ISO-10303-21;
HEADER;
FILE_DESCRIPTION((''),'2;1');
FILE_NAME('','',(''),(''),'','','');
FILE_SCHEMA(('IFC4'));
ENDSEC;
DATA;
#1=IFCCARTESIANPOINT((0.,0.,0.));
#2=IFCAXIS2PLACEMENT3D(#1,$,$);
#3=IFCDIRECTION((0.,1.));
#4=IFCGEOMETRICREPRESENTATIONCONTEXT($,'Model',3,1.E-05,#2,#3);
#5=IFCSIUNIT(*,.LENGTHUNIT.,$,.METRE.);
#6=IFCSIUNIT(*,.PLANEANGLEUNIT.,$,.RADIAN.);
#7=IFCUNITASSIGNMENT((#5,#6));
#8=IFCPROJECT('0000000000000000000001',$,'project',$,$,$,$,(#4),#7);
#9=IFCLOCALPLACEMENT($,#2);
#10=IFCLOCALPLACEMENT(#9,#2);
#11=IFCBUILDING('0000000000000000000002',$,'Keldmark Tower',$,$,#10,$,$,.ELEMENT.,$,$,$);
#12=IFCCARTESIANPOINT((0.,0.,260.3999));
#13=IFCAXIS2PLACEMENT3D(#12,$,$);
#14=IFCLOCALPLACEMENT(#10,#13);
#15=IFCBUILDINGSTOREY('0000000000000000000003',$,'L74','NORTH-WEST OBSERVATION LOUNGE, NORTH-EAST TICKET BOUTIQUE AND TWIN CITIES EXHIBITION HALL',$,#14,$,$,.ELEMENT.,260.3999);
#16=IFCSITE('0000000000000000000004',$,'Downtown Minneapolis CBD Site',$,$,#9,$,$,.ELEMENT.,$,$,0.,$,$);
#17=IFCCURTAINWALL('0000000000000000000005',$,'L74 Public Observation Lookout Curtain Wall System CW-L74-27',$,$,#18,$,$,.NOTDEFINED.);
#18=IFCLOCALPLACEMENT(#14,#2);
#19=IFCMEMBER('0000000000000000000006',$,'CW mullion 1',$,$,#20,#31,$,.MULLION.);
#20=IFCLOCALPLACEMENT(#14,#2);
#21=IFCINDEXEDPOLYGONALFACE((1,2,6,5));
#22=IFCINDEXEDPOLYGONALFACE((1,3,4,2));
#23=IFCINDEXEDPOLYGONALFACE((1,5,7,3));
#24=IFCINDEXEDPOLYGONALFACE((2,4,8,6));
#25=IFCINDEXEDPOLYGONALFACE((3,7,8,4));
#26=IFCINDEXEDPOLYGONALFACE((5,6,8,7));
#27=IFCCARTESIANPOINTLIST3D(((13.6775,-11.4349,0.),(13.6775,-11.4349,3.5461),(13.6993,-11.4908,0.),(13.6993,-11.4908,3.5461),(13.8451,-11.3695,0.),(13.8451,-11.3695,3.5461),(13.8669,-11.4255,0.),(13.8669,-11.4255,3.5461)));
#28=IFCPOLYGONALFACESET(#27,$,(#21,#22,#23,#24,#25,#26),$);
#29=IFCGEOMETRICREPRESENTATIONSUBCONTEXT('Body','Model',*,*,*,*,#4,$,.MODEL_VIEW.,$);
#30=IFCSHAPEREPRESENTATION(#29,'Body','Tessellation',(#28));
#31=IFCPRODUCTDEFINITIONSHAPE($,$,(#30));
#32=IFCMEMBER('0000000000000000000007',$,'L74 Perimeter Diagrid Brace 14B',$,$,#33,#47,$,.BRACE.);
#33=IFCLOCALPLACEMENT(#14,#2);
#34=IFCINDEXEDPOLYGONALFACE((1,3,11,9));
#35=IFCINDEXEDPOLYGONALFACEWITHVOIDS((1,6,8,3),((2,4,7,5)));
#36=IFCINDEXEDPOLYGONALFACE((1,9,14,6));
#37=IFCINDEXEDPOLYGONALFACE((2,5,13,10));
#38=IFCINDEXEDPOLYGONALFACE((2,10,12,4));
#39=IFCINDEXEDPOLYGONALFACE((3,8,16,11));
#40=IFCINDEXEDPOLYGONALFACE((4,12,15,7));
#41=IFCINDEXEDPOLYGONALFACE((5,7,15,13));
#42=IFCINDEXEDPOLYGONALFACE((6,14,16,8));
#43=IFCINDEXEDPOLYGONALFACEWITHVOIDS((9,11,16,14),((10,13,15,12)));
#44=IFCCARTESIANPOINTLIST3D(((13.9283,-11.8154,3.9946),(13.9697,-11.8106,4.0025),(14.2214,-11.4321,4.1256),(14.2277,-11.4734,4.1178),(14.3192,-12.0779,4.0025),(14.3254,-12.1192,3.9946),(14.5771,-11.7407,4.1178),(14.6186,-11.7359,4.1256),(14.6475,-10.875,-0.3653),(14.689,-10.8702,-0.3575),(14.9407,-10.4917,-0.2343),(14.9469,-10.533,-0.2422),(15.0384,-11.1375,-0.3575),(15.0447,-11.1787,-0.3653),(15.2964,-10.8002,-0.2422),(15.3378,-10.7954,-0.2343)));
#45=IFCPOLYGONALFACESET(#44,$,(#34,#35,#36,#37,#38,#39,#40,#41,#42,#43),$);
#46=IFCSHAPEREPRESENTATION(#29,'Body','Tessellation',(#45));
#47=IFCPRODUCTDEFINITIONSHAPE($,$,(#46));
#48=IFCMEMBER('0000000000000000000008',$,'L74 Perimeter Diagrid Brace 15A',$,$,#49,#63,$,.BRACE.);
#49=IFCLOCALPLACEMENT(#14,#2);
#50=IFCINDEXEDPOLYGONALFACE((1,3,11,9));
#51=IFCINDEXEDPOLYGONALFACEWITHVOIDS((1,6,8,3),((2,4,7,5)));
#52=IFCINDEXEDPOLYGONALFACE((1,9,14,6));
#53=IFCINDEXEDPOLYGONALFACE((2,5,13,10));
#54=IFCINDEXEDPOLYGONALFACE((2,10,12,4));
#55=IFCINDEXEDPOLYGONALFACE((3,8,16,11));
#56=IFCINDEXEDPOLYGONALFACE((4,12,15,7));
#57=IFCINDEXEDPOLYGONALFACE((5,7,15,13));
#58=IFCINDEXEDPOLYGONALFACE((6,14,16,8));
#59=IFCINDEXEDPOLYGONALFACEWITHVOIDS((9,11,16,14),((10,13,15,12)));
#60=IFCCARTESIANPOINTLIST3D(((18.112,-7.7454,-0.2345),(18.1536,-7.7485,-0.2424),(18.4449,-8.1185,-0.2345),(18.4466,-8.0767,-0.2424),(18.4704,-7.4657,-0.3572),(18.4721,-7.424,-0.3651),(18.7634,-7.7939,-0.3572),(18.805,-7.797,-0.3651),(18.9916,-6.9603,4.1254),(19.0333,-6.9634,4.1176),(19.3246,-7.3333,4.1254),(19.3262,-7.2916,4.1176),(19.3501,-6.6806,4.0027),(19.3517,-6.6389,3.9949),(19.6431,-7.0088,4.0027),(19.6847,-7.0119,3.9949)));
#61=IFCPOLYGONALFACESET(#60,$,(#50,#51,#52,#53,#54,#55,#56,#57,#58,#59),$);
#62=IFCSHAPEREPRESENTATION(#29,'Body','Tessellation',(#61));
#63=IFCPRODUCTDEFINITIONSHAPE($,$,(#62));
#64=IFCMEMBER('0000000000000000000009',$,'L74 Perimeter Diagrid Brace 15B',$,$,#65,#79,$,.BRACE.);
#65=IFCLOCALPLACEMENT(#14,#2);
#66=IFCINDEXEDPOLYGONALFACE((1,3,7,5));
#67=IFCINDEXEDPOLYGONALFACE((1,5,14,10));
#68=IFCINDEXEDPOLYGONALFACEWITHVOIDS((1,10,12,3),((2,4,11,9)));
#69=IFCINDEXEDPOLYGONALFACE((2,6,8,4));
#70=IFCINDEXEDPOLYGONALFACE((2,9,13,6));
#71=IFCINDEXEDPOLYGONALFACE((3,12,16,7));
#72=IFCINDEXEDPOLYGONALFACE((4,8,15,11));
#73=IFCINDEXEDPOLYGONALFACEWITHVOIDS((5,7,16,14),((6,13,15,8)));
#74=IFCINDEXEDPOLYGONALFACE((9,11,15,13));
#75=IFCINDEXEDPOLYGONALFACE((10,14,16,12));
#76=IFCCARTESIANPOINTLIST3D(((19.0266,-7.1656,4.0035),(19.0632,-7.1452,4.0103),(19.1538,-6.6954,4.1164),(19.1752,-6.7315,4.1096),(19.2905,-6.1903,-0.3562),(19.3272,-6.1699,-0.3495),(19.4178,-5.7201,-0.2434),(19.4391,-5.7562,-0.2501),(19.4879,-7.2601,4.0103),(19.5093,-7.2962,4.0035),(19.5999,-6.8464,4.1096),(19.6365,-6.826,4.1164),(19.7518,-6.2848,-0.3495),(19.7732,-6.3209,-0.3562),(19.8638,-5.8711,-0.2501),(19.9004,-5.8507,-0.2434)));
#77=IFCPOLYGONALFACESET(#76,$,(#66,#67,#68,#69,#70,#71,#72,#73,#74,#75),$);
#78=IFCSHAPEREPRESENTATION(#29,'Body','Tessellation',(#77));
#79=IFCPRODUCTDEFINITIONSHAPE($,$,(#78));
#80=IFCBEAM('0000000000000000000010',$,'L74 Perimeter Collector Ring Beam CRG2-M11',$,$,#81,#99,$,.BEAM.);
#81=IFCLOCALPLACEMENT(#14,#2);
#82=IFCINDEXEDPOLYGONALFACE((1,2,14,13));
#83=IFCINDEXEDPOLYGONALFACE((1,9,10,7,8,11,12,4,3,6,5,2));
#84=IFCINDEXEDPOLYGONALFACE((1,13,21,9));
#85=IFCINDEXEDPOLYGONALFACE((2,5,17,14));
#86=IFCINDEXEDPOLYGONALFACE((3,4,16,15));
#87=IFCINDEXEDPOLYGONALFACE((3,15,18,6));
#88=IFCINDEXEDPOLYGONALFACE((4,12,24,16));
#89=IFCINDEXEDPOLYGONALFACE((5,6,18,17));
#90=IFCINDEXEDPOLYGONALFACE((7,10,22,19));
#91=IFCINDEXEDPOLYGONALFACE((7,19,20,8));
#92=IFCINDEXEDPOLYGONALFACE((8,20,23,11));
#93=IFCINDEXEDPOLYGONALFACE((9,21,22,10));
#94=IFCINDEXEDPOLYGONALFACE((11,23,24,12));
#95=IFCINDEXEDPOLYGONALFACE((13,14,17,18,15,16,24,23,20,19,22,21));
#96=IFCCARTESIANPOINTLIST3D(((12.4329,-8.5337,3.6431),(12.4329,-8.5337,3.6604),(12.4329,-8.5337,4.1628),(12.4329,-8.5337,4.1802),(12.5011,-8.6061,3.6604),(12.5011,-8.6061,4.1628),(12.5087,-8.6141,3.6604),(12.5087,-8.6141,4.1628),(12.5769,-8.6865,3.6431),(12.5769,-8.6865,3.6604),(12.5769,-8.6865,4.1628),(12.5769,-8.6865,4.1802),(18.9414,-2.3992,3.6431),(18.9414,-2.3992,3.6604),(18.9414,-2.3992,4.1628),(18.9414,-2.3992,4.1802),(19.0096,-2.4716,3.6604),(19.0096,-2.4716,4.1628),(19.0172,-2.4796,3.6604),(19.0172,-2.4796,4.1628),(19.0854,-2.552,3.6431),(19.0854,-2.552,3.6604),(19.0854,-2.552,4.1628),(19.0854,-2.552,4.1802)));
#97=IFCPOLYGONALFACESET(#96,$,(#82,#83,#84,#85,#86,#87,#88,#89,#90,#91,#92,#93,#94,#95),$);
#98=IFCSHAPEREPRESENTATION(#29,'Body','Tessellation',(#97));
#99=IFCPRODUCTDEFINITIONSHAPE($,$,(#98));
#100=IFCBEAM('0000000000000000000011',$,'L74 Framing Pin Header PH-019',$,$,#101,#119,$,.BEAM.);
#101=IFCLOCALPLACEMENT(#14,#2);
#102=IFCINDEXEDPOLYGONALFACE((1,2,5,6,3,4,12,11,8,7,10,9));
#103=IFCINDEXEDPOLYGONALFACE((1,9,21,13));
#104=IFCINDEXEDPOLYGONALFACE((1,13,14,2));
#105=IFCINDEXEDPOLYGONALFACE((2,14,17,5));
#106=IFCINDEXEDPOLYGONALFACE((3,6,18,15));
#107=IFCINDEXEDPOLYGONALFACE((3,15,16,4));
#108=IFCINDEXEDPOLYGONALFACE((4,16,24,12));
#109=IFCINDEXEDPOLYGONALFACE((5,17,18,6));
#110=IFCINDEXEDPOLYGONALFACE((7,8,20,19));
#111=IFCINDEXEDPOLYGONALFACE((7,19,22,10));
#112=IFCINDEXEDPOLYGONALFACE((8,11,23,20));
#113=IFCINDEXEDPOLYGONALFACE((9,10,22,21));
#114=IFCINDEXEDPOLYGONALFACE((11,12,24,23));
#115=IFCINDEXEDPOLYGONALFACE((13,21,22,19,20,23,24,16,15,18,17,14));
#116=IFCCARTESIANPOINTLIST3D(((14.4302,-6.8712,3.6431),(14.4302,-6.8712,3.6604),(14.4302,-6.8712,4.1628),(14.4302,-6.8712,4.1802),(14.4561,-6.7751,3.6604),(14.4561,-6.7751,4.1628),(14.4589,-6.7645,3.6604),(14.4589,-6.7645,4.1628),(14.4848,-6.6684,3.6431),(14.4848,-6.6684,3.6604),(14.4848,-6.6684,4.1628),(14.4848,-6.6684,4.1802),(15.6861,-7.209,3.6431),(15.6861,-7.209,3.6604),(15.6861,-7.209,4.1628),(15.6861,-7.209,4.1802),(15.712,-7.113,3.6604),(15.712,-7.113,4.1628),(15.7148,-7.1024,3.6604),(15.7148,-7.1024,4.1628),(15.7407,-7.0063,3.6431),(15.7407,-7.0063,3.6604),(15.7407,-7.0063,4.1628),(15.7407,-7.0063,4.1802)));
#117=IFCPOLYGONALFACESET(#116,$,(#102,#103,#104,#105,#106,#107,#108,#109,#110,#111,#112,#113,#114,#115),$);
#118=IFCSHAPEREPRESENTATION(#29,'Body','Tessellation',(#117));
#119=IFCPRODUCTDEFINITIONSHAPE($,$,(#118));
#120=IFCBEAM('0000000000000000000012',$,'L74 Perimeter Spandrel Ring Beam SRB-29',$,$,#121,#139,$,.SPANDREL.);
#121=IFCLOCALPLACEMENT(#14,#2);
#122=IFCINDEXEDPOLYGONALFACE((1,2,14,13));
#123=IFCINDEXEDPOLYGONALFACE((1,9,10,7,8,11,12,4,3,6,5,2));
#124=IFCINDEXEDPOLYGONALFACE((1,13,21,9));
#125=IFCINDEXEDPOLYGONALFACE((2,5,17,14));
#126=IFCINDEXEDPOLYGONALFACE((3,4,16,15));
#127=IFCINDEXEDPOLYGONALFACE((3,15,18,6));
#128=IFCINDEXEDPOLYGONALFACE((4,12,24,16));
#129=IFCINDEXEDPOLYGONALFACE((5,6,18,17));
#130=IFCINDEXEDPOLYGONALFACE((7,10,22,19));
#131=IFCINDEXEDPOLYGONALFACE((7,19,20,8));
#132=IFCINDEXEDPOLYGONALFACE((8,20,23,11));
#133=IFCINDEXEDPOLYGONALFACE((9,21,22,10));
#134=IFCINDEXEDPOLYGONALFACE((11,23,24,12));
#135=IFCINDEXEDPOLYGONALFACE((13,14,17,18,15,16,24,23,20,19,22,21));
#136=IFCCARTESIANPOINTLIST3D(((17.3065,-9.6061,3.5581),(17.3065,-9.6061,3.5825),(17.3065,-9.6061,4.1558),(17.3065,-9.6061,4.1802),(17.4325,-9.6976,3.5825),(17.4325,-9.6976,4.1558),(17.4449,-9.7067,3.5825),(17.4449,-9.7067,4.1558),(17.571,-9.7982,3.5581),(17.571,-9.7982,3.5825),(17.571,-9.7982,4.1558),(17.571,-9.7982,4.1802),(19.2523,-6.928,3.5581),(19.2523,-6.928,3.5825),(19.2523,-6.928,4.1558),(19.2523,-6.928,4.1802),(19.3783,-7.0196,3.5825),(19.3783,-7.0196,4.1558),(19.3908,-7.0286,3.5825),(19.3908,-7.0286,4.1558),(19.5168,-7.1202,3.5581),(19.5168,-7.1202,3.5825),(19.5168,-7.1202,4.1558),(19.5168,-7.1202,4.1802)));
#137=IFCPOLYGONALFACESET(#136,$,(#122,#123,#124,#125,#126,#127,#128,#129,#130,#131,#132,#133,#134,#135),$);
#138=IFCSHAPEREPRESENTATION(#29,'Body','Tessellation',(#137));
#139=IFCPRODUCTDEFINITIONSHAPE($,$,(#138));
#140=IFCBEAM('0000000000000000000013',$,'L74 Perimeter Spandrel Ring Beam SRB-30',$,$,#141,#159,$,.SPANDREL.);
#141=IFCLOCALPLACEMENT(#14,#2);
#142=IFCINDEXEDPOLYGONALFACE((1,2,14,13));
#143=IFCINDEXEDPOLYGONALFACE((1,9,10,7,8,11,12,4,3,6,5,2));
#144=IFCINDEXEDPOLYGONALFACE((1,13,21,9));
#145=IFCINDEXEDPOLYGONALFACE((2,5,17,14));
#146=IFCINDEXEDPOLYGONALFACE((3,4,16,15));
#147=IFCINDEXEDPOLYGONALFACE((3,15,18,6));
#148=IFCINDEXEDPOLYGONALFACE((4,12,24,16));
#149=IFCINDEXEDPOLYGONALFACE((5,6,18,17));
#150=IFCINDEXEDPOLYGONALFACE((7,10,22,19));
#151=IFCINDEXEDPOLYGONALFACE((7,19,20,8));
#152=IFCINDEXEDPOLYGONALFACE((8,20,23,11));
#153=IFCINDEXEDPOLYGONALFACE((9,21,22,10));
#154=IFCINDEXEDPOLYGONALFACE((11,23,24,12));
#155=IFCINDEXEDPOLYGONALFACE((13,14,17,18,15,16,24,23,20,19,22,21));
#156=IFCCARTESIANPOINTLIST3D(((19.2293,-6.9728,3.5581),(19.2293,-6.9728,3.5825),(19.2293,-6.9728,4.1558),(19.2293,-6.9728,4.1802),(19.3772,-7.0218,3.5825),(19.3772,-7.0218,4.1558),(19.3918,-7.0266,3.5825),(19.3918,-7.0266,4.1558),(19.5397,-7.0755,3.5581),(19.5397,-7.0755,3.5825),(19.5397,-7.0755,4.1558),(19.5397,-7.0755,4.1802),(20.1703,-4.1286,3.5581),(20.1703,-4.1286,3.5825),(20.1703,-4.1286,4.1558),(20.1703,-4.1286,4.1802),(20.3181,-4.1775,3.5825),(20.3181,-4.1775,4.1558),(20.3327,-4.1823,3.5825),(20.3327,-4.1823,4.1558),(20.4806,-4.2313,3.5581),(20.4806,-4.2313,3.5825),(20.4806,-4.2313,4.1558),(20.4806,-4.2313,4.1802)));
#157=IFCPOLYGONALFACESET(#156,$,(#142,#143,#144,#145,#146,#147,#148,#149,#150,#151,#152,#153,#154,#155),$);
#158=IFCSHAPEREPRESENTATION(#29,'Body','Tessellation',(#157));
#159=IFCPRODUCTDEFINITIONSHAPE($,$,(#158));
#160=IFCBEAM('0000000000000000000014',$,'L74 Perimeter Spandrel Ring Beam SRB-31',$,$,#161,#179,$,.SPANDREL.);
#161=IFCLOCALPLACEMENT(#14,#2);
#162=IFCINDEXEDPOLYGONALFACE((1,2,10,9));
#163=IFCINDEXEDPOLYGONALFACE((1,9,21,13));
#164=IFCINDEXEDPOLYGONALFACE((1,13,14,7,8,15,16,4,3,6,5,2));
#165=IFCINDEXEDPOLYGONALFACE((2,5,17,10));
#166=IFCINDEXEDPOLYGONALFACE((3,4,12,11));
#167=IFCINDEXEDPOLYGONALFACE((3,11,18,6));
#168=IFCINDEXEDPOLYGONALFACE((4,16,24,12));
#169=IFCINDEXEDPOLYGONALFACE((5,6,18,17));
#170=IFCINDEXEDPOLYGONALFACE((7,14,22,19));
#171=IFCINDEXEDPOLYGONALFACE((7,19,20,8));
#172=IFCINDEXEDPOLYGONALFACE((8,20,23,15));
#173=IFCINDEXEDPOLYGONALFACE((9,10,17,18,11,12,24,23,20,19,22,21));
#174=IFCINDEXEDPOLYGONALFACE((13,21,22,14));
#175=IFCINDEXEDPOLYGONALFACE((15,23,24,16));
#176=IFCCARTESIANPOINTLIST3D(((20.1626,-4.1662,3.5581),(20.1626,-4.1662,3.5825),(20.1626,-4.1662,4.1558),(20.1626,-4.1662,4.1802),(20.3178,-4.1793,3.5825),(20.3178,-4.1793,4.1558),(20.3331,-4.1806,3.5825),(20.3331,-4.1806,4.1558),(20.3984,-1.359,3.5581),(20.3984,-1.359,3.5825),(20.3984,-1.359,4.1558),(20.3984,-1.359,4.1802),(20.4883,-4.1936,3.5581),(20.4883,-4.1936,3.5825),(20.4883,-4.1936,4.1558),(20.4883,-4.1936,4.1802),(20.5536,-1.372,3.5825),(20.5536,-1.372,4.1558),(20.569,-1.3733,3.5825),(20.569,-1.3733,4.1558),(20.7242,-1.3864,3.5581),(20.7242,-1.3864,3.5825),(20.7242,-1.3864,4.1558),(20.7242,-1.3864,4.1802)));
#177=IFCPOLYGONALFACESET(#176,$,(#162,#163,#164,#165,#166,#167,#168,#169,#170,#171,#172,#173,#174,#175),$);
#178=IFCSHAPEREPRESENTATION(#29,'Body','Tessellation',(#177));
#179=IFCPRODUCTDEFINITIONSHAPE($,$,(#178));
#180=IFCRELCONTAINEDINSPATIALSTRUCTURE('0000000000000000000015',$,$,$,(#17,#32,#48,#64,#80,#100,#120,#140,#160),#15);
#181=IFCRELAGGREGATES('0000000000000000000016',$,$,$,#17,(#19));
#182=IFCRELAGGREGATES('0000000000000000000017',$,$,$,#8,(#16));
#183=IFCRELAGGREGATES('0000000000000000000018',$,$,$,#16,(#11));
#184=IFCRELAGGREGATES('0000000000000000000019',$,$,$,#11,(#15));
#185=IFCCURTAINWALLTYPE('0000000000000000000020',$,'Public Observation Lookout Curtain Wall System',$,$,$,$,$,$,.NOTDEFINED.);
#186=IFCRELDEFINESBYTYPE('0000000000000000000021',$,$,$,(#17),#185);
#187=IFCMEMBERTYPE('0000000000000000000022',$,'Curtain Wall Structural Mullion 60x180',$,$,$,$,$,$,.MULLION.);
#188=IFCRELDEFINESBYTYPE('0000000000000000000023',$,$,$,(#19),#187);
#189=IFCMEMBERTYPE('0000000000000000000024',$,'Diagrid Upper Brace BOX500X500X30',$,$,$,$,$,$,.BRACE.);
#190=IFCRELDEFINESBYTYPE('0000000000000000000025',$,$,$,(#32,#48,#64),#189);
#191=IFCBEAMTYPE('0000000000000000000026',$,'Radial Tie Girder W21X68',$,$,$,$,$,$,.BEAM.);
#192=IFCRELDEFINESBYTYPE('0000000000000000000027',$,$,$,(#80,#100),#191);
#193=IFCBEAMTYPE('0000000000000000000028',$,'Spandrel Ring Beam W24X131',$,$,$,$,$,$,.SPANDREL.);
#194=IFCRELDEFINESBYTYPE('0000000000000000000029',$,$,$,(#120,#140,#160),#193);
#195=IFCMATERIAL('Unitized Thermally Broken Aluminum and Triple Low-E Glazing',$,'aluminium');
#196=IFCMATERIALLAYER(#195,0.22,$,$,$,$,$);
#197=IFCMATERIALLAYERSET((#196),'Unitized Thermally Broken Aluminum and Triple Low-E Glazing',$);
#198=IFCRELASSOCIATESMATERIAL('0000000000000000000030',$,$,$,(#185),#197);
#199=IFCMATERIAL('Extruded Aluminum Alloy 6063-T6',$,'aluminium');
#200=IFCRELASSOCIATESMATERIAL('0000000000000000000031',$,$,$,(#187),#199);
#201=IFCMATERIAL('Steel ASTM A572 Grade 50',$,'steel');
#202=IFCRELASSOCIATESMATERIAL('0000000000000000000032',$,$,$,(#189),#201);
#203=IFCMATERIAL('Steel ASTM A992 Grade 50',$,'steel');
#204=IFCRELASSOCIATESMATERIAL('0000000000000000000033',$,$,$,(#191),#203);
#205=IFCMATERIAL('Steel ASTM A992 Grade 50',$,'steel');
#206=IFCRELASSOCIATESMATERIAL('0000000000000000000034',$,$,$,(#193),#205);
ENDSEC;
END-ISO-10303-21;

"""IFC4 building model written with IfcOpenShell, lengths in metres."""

from ifc_helpers import new_model, si_unit, direction, frame, origin, origin_2d, place, context, subcontext, project, spatial, rectangle, hollow_rectangle, i_section, extrude, material, layer, layer_set, material_profile, profile_set, type_object, element, aggregate, save


model = new_model("IFC4")

# Units and contexts
model_context = context("Model", 3, precision=1e-05, world=origin(), true_north=direction((0.0, 1.0)))
body_context = subcontext(model_context, "Body", "Model", "MODEL_VIEW")
ifc_project = project(units=[si_unit("LENGTHUNIT", "METRE"), si_unit("PLANEANGLEUNIT", "RADIAN")], contexts=[model_context])

# Site, building, storey
site_placement = place(None, origin())
site = spatial("IfcSite", under=ifc_project, at=site_placement, Name="Downtown Minneapolis CBD Site", CompositionType="ELEMENT", RefElevation=0.0)
building_placement = place(site_placement, origin())
building = spatial("IfcBuilding", under=site, at=building_placement, Name="Keldmark Tower", CompositionType="ELEMENT")
storey_placement = place(building_placement, frame((0.0, 0.0, 260.3999)))
storey = spatial("IfcBuildingStorey", under=building, at=storey_placement, Name="L74", Description="NORTH-WEST OBSERVATION LOUNGE, NORTH-EAST TICKET BOUTIQUE AND TWIN CITIES EXHIBITION HALL", CompositionType="ELEMENT", Elevation=260.3999)

# Curtain wall, member
ifc_material_1 = material(Name="Unitized Thermally Broken Aluminum and Triple Low-E Glazing", Category="aluminium")
ifc_layer_1 = layer(ifc_material_1, 0.22)
ifc_layer_set_1 = layer_set([ifc_layer_1], Name="Unitized Thermally Broken Aluminum and Triple Low-E Glazing")
curtain_wall_type = type_object("IfcCurtainWallType", Name="Public Observation Lookout Curtain Wall System", PredefinedType="NOTDEFINED", material=ifc_layer_set_1)
curtain_wall_placement = place(storey_placement, origin())
curtain_wall = element("IfcCurtainWall", 1, at=curtain_wall_placement, inside=storey, type_object=curtain_wall_type, Name="L74 Public Observation Lookout Curtain Wall System CW-L74-27", PredefinedType="NOTDEFINED")
ifc_material_2 = material(Name="Extruded Aluminum Alloy 6063-T6", Category="aluminium")
ifc_material_profile_1 = material_profile(ifc_material_2, rectangle(XDim=0.0601, YDim=0.1799, at=origin_2d()), Name="CWM60X180")
ifc_profile_set_1 = profile_set([ifc_material_profile_1], Name="Extruded Aluminum Alloy 6063-T6")
member_type_1 = type_object("IfcMemberType", Name="Curtain Wall Structural Mullion 60x180", PredefinedType="MULLION", material=ifc_profile_set_1)
member_1_placement = place(storey_placement, frame((13.7722, -11.4302, 0.0), z_axis=(0.0, 0.0, 1.0), x_axis=(0.363381, -0.93164, 0.0)))
member_1 = element("IfcMember", 2, at=member_1_placement, type_object=member_type_1, Name="CW mullion 1", PredefinedType="MULLION", context=body_context, shape_type="SweptSolid", body=[
    extrude(rectangle(XDim=0.0601, YDim=0.1799, at=origin_2d()), origin(), (0.0, 0.0, 1.0), 3.5461),
])
aggregate(curtain_wall, [member_1])

# Members
ifc_material_3 = material(Name="Steel ASTM A572 Grade 50", Category="steel")
ifc_material_profile_2 = material_profile(ifc_material_3, hollow_rectangle(XDim=0.5, YDim=0.5, WallThickness=0.03, at=origin_2d()), Name="BOX500X500X30")
ifc_profile_set_2 = profile_set([ifc_material_profile_2], Name="Steel ASTM A572 Grade 50")
member_type_2 = type_object("IfcMemberType", Name="Diagrid Upper Brace BOX500X500X30", PredefinedType="BRACE", material=ifc_profile_set_2)
member_2_placement = place(storey_placement, frame((14.9927, -10.8352, -0.2998), z_axis=(-0.159203, -0.208163, 0.965051), x_axis=(0.794323, -0.607496, 0.0)))
element("IfcMember", 3, at=member_2_placement, inside=storey, type_object=member_type_2, Name="L74 Perimeter Diagrid Brace 14B", PredefinedType="BRACE", context=body_context, shape_type="SweptSolid", body=[
    extrude(hollow_rectangle(XDim=0.5, YDim=0.5, WallThickness=0.03, at=origin_2d()), origin(), (0.0, 0.0, 1.0), 4.5178),
])
member_3_placement = place(storey_placement, frame((18.4585, -7.7712, -0.2998), z_axis=(0.194762, 0.173842, 0.965322), x_axis=(-0.665905, 0.746037, 0.0)))
element("IfcMember", 4, at=member_3_placement, inside=storey, type_object=member_type_2, Name="L74 Perimeter Diagrid Brace 15A", PredefinedType="BRACE", context=body_context, shape_type="SweptSolid", body=[
    extrude(hollow_rectangle(XDim=0.5, YDim=0.5, WallThickness=0.03, at=origin_2d()), origin(), (0.0, 0.0, 1.0), 4.5166),
])
member_4_placement = place(storey_placement, frame((19.5955, -6.0205, -0.2998), z_axis=(-0.05897, -0.217933, 0.97418), x_axis=(0.965286, -0.261195, 0.0)))
element("IfcMember", 5, at=member_4_placement, inside=storey, type_object=member_type_2, Name="L74 Perimeter Diagrid Brace 15B", PredefinedType="BRACE", context=body_context, shape_type="SweptSolid", body=[
    extrude(hollow_rectangle(XDim=0.5, YDim=0.5, WallThickness=0.03, at=origin_2d()), origin(), (0.0, 0.0, 1.0), 4.4753),
])

# Beams
ifc_material_4 = material(Name="Steel ASTM A992 Grade 50", Category="steel")
ifc_material_profile_3 = material_profile(ifc_material_4, i_section(OverallWidth=0.21, OverallDepth=0.5371, WebThickness=0.011, FlangeThickness=0.0173, at=origin_2d()), Name="W21X68")
ifc_profile_set_3 = profile_set([ifc_material_profile_3], Name="Steel ASTM A992 Grade 50")
beam_type_1 = type_object("IfcBeamType", Name="Radial Tie Girder W21X68", PredefinedType="BEAM", material=ifc_profile_set_3)
beam_1_placement = place(storey_placement, frame((12.5049, -8.6101, 3.9116), z_axis=(0.727707, 0.685888, 0.0), x_axis=(-0.685888, 0.727707, 0.0)))
element("IfcBeam", 6, at=beam_1_placement, inside=storey, type_object=beam_type_1, Name="L74 Perimeter Collector Ring Beam CRG2-M11", PredefinedType="BEAM", context=body_context, shape_type="SweptSolid", body=[
    extrude(i_section(OverallWidth=0.21, OverallDepth=0.5371, WebThickness=0.011, FlangeThickness=0.0173, at=origin_2d()), origin(), (0.0, 0.0, 1.0), 8.9438),
])
beam_2_placement = place(storey_placement, frame((14.4575, -6.7698, 3.9116), z_axis=(0.965659, -0.259812, 0.0), x_axis=(0.259812, 0.965659, 0.0)))
element("IfcBeam", 7, at=beam_2_placement, inside=storey, type_object=beam_type_1, Name="L74 Framing Pin Header PH-019", PredefinedType="BEAM", context=body_context, shape_type="SweptSolid", body=[
    extrude(i_section(OverallWidth=0.21, OverallDepth=0.5371, WebThickness=0.011, FlangeThickness=0.0173, at=origin_2d()), origin(), (0.0, 0.0, 1.0), 1.3005),
])
ifc_material_5 = material(Name="Steel ASTM A992 Grade 50", Category="steel")
ifc_material_profile_4 = material_profile(ifc_material_5, i_section(OverallWidth=0.3269, OverallDepth=0.6221, WebThickness=0.0154, FlangeThickness=0.0244, at=origin_2d()), Name="W24X131")
ifc_profile_set_4 = profile_set([ifc_material_profile_4], Name="Steel ASTM A992 Grade 50")
beam_type_2 = type_object("IfcBeamType", Name="Spandrel Ring Beam W24X131", PredefinedType="SPANDREL", material=ifc_profile_set_4)
beam_3_placement = place(storey_placement, frame((17.4387, -9.7021, 3.8691), z_axis=(0.587812, 0.808998, 0.0), x_axis=(-0.808998, 0.587812, 0.0)))
element("IfcBeam", 8, at=beam_3_placement, inside=storey, type_object=beam_type_2, Name="L74 Perimeter Spandrel Ring Beam SRB-29", PredefinedType="SPANDREL", context=body_context, shape_type="SweptSolid", body=[
    extrude(i_section(OverallWidth=0.3269, OverallDepth=0.6221, WebThickness=0.0154, FlangeThickness=0.0244, at=origin_2d()), origin(), (0.0, 0.0, 1.0), 3.3103),
])
beam_4_placement = place(storey_placement, frame((19.3845, -7.0242, 3.8691), z_axis=(0.314076, 0.949398, 0.0), x_axis=(-0.949398, 0.314076, 0.0)))
element("IfcBeam", 9, at=beam_4_placement, inside=storey, type_object=beam_type_2, Name="L74 Perimeter Spandrel Ring Beam SRB-30", PredefinedType="SPANDREL", context=body_context, shape_type="SweptSolid", body=[
    extrude(i_section(OverallWidth=0.3269, OverallDepth=0.6221, WebThickness=0.0154, FlangeThickness=0.0244, at=origin_2d()), origin(), (0.0, 0.0, 1.0), 2.9958),
])
beam_5_placement = place(storey_placement, frame((20.3254, -4.1799, 3.8691), z_axis=(0.08372, 0.996489, 0.0), x_axis=(-0.996489, 0.08372, 0.0)))
element("IfcBeam", 10, at=beam_5_placement, inside=storey, type_object=beam_type_2, Name="L74 Perimeter Spandrel Ring Beam SRB-31", PredefinedType="SPANDREL", context=body_context, shape_type="SweptSolid", body=[
    extrude(i_section(OverallWidth=0.3269, OverallDepth=0.6221, WebThickness=0.0154, FlangeThickness=0.0244, at=origin_2d()), origin(), (0.0, 0.0, 1.0), 2.8171),
])

save(model, "model.ifc")
